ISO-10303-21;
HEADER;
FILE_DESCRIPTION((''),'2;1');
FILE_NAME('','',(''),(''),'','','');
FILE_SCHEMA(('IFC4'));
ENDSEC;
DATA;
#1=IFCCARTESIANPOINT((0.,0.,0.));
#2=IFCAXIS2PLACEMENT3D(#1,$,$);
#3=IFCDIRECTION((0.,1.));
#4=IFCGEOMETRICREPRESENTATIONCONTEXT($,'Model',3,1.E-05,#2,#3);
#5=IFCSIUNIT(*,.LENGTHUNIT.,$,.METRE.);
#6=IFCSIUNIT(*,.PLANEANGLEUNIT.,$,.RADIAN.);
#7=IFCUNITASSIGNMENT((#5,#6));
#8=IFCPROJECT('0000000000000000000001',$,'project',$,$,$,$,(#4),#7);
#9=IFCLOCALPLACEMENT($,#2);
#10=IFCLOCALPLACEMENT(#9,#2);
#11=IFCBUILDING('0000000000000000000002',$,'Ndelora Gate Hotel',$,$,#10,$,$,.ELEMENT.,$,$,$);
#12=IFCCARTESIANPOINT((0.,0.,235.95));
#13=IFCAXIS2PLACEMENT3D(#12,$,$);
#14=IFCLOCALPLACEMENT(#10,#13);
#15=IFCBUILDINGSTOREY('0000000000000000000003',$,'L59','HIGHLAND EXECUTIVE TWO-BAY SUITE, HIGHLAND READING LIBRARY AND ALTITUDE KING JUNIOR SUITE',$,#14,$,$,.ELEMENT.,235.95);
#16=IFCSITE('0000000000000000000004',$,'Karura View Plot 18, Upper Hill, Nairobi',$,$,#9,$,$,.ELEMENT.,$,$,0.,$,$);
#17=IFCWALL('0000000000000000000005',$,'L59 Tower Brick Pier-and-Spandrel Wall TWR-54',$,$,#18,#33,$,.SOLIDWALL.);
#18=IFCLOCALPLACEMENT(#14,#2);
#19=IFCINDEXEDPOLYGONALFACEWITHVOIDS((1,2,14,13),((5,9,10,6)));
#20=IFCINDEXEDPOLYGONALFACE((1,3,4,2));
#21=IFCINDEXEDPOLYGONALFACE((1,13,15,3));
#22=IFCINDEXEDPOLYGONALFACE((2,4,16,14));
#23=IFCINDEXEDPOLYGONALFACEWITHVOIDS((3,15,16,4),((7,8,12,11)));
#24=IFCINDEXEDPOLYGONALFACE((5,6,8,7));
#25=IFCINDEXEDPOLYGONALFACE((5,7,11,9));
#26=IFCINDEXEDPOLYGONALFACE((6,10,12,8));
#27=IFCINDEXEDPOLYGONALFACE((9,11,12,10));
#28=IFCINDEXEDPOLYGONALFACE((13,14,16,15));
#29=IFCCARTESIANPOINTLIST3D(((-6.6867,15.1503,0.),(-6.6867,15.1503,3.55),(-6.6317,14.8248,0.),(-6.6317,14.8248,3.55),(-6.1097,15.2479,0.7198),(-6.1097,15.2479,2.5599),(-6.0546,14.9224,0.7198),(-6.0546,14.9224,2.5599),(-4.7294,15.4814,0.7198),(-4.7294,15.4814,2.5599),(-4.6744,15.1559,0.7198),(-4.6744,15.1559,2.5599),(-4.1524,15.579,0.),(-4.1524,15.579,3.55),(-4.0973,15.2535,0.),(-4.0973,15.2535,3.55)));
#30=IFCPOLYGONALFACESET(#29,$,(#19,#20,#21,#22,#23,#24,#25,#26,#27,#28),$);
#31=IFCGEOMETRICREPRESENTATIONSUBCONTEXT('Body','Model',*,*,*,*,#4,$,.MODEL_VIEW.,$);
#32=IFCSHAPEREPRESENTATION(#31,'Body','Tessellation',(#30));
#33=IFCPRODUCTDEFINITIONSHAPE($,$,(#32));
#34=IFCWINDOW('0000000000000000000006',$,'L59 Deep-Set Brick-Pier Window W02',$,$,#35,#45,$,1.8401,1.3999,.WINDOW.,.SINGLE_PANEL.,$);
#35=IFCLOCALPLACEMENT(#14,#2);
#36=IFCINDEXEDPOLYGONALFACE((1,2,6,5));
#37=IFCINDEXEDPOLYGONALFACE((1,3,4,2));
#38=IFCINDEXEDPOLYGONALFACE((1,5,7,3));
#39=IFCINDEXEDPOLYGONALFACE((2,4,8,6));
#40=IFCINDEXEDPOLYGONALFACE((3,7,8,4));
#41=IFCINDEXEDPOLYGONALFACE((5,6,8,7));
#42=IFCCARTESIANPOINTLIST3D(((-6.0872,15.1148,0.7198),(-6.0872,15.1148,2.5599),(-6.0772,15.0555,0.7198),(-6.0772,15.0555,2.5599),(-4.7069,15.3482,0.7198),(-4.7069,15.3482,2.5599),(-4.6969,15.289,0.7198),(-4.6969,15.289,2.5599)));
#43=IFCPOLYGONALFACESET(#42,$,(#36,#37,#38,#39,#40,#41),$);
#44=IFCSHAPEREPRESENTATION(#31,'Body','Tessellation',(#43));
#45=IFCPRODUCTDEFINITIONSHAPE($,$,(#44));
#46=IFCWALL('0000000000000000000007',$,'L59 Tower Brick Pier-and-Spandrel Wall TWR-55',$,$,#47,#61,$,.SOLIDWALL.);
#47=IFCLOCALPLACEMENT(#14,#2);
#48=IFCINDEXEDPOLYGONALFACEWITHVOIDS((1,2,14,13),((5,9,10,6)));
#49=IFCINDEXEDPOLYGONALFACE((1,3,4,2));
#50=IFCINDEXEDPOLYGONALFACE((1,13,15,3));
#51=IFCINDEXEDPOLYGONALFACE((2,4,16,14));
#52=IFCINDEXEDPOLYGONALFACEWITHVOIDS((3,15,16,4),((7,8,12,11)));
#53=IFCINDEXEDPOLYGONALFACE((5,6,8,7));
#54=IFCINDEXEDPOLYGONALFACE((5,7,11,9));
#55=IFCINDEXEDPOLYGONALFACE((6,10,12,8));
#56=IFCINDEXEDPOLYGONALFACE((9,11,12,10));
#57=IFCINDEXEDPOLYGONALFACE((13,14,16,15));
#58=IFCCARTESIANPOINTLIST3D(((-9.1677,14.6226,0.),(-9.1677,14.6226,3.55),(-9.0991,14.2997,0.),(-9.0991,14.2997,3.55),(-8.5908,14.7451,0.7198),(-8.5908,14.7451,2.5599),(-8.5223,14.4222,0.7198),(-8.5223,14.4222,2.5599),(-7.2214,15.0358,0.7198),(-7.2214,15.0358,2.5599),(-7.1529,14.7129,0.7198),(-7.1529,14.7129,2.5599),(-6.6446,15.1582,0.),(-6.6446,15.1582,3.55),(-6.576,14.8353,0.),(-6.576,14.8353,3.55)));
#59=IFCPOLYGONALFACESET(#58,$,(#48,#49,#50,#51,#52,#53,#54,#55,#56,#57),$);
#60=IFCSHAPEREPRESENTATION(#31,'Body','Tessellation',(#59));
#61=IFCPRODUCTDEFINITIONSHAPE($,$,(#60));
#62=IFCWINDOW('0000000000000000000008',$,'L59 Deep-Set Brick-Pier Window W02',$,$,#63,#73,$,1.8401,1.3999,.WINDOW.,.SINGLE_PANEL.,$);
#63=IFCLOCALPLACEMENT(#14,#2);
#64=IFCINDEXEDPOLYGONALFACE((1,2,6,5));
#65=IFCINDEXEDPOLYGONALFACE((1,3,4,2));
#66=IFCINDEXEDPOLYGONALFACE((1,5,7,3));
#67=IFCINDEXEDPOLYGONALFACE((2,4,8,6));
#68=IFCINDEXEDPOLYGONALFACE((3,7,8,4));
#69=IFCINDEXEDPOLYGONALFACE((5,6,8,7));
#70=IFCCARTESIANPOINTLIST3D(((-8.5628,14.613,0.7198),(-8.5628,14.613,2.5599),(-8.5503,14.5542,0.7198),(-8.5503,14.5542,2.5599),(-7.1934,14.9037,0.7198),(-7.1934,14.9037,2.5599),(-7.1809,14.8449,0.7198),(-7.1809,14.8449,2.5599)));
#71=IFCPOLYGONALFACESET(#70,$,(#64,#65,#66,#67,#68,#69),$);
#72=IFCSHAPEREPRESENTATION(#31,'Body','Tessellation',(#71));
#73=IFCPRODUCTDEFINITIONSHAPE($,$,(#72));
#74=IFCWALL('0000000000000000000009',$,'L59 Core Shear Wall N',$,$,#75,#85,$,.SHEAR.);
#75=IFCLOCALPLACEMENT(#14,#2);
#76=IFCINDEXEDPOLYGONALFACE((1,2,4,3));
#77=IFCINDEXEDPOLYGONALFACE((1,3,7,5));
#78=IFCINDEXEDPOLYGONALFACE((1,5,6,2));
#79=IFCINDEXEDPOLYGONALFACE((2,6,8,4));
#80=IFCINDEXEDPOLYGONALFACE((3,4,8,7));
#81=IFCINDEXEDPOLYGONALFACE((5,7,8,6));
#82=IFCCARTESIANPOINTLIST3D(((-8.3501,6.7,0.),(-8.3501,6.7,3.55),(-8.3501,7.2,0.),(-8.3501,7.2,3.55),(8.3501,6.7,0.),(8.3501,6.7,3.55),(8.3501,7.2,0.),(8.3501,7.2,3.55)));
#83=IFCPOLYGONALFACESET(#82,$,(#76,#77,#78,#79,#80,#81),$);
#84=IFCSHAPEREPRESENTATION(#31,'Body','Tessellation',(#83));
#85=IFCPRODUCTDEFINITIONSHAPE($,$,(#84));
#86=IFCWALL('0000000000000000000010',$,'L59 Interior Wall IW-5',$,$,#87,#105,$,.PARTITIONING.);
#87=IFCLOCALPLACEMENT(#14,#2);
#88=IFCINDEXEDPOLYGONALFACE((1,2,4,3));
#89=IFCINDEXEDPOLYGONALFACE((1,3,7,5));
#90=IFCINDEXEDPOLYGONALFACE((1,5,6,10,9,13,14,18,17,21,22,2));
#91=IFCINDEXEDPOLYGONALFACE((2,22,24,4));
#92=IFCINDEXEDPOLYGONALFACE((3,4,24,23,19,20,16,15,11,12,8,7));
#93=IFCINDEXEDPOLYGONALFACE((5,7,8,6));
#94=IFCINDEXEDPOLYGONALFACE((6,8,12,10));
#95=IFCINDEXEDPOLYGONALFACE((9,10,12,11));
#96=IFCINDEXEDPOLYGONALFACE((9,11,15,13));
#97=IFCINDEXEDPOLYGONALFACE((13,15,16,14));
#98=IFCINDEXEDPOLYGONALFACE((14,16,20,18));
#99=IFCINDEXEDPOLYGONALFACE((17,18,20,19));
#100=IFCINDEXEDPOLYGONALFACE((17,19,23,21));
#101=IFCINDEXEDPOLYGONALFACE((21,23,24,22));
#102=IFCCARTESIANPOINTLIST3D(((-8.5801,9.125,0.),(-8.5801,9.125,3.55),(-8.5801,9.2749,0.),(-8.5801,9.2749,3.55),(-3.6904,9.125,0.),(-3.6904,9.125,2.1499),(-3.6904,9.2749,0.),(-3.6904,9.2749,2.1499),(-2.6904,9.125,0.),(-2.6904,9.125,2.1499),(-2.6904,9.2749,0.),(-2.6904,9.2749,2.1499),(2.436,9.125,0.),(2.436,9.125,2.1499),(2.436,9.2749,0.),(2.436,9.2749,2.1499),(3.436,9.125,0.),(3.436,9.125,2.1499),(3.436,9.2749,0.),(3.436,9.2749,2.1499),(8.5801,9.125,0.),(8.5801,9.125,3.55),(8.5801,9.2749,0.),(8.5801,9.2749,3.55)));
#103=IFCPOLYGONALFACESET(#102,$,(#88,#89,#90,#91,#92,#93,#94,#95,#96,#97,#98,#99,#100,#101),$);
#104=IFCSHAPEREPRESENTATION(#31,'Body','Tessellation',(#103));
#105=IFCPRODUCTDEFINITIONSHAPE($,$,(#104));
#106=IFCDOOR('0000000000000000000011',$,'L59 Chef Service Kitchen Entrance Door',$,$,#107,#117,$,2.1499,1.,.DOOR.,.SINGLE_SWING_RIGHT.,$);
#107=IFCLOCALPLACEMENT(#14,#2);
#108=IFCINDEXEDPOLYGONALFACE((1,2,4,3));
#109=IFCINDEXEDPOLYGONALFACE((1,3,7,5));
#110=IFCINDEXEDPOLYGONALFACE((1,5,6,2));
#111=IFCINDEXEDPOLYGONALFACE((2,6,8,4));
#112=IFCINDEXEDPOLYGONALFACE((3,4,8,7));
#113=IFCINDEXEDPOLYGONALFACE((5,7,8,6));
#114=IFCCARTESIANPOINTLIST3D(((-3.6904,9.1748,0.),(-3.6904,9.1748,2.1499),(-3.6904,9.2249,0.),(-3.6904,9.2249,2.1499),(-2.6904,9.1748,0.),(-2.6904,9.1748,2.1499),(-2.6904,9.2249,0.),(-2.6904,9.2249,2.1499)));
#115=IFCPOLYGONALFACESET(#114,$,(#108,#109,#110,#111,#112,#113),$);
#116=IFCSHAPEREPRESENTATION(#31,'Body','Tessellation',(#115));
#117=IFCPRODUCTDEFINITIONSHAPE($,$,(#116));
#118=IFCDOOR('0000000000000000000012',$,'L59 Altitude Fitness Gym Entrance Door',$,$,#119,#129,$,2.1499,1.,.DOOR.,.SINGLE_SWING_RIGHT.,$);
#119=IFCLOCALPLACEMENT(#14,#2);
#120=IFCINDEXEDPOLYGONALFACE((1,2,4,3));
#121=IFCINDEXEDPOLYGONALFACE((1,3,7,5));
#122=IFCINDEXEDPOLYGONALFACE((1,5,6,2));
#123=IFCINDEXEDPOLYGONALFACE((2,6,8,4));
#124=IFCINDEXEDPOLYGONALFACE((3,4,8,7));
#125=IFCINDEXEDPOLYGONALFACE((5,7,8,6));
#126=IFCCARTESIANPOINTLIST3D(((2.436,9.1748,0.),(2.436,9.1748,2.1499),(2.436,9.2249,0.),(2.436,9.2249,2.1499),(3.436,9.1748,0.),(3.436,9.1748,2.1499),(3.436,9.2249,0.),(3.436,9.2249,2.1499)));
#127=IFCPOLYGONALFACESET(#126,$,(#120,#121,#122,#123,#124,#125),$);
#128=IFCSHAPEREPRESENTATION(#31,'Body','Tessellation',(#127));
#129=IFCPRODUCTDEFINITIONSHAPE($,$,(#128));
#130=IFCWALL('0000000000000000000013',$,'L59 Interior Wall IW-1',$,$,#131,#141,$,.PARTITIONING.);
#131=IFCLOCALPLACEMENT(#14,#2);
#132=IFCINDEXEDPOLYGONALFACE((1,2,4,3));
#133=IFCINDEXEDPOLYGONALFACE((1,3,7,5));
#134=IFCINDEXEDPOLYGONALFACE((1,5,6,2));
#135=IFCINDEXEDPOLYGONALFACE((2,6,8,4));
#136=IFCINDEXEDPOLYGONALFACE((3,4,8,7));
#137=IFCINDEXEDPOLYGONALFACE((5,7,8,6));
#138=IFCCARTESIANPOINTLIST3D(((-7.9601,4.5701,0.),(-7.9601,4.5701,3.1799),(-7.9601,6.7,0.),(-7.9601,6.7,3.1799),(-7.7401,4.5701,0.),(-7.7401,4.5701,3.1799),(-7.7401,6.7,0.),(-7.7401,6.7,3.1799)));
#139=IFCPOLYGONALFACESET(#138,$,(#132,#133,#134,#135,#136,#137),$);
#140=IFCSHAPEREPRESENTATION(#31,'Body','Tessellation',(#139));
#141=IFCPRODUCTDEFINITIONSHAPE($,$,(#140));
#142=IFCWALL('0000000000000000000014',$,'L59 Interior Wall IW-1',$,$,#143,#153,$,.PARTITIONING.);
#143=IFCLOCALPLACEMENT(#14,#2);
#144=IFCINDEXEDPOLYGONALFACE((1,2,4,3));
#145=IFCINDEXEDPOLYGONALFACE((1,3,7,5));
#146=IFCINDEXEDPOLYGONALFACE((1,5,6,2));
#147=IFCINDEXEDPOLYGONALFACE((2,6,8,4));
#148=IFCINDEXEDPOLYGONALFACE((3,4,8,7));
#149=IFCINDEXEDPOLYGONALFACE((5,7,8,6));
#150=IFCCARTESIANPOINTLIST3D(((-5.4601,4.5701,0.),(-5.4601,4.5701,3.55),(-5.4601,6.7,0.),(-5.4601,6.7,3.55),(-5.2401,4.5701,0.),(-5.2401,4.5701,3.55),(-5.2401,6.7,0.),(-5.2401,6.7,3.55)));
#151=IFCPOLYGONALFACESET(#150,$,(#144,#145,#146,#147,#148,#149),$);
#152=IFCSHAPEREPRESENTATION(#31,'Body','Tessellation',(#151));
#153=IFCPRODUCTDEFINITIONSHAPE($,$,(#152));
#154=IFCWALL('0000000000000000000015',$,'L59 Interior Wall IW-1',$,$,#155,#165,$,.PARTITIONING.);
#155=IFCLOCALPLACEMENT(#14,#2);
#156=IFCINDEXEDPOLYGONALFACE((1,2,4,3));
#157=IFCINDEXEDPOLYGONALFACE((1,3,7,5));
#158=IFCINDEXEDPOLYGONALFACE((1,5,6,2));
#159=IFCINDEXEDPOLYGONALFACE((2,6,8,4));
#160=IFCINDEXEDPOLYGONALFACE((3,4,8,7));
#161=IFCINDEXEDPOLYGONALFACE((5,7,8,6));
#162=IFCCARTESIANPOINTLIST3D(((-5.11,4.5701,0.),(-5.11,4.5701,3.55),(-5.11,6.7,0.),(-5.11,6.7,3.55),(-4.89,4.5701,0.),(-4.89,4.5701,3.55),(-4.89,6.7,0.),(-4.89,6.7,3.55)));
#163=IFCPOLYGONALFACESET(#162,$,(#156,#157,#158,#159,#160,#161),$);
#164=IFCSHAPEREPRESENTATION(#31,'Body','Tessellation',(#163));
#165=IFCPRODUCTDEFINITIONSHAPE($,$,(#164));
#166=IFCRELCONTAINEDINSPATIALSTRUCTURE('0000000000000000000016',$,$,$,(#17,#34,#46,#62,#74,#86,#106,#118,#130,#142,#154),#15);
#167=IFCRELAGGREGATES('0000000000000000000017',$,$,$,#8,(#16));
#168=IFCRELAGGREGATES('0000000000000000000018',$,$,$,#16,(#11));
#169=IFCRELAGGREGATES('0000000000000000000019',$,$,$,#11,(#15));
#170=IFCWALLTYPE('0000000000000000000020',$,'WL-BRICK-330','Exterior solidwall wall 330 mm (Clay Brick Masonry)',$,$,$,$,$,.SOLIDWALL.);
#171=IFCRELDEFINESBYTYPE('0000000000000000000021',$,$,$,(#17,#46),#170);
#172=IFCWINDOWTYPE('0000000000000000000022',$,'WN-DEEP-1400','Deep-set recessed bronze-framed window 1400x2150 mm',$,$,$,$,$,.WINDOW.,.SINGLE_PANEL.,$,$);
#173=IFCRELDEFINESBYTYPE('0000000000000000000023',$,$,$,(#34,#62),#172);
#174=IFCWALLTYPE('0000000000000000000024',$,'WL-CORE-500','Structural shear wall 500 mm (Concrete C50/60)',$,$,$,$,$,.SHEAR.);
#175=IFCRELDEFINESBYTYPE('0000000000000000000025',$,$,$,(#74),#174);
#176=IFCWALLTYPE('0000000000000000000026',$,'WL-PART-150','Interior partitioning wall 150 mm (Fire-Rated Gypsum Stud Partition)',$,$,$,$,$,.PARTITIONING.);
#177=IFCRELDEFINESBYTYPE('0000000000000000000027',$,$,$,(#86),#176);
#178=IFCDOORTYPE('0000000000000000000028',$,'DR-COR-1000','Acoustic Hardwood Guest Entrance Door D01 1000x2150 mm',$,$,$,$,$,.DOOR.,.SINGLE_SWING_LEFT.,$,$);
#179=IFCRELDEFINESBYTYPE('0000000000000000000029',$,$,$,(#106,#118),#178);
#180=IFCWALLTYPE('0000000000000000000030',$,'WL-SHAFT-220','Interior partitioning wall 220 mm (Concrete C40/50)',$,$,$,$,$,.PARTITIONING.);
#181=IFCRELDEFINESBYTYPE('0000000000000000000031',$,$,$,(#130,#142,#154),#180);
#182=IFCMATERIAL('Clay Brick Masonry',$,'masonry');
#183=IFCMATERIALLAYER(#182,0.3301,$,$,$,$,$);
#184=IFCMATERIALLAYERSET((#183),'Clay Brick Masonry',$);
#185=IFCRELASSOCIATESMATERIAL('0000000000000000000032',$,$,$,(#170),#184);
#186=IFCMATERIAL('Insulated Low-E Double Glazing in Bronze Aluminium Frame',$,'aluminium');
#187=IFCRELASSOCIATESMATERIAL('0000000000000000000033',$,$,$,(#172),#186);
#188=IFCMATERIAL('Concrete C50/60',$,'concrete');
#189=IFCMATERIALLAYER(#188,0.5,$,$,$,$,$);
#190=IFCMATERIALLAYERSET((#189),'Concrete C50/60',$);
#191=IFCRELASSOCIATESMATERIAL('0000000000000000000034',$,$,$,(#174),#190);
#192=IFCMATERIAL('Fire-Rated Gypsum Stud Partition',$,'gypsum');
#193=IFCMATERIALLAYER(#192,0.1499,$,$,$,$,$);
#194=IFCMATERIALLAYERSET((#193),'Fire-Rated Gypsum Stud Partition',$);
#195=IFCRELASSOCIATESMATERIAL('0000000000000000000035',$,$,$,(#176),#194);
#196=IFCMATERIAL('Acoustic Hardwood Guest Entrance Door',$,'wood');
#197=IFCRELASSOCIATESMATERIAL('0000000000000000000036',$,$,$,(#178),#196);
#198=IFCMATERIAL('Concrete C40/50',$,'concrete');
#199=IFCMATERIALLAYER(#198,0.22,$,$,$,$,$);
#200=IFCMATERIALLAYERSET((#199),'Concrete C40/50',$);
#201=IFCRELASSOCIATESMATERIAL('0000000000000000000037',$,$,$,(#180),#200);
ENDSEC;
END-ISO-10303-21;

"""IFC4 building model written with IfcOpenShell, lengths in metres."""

from ifc_helpers import new_model, si_unit, direction, frame, frame_2d, origin, place, context, subcontext, project, spatial, rectangle, extrude, material, layer, layer_set, type_object, element, fill, save


model = new_model("IFC4")

# Units and contexts
model_context = context("Model", 3, precision=1e-05, world=origin(), true_north=direction((0.0, 1.0)))
body_context = subcontext(model_context, "Body", "Model", "MODEL_VIEW")
ifc_project = project(units=[si_unit("LENGTHUNIT", "METRE"), si_unit("PLANEANGLEUNIT", "RADIAN")], contexts=[model_context])

# Site, building, storey
site_placement = place(None, origin())
site = spatial("IfcSite", under=ifc_project, at=site_placement, Name="Karura View Plot 18, Upper Hill, Nairobi", CompositionType="ELEMENT", RefElevation=0.0)
building_placement = place(site_placement, origin())
building = spatial("IfcBuilding", under=site, at=building_placement, Name="Ndelora Gate Hotel", CompositionType="ELEMENT")
storey_placement = place(building_placement, frame((0.0, 0.0, 235.95)))
storey = spatial("IfcBuildingStorey", under=building, at=storey_placement, Name="L59", Description="HIGHLAND EXECUTIVE TWO-BAY SUITE, HIGHLAND READING LIBRARY AND ALTITUDE KING JUNIOR SUITE", CompositionType="ELEMENT", Elevation=235.95)

# Shared definitions
ifc_material_1 = material(Name="Concrete C50/60", Category="concrete")

# Walls, openings, windows
ifc_material_2 = material(Name="Clay Brick Masonry", Category="masonry")
ifc_layer_1 = layer(ifc_material_2, 0.3301)
ifc_layer_set_1 = layer_set([ifc_layer_1], Name="Clay Brick Masonry")
wall_type_1 = type_object("IfcWallType", Name="WL-BRICK-330", Description="Exterior solidwall wall 330 mm (Clay Brick Masonry)", PredefinedType="SOLIDWALL", material=ifc_layer_set_1)
ifc_material_3 = material(Name="Insulated Low-E Double Glazing in Bronze Aluminium Frame", Category="aluminium")
window_type = type_object("IfcWindowType", Name="WN-DEEP-1400", Description="Deep-set recessed bronze-framed window 1400x2150 mm", PartitioningType="SINGLE_PANEL", PredefinedType="WINDOW", material=ifc_material_3)
wall_1_placement = place(storey_placement, frame((-6.6592, 14.9875, 0.0), z_axis=(0.0, 0.0, 1.0), x_axis=(0.985993, 0.166786, 0.0)))
wall_1 = element("IfcWall", 1, at=wall_1_placement, inside=storey, type_object=wall_type_1, Name="L59 Tower Brick Pier-and-Spandrel Wall TWR-54", PredefinedType="SOLIDWALL", context=body_context, shape_type="SweptSolid", body=[
    extrude(rectangle(XDim=2.5703, YDim=0.3301, at=frame_2d((1.2852, 0.0))), origin(), (0.0, 0.0, 1.0), 3.55),
])
opening_1_placement = place(wall_1_placement, frame((0.5852, 0.0, 0.72)))
opening_1 = element("IfcOpeningElement", 2, at=opening_1_placement, cuts=wall_1, PredefinedType="OPENING", context=body_context, shape_type="SweptSolid", body=[
    extrude(rectangle(XDim=1.3999, YDim=1.8401, at=frame_2d((0.7, 0.9199))), frame((0.0, 0.175, 0.0), z_axis=(0.0, -1.0, 0.0), x_axis=(1.0, 0.0, 0.0)), (0.0, 0.0, 1.0), 0.3501),
])
window_1_placement = place(opening_1_placement, origin())
window_1 = element("IfcWindow", 3, at=window_1_placement, inside=storey, type_object=window_type, Name="L59 Deep-Set Brick-Pier Window W02", OverallHeight=1.8401, OverallWidth=1.3999, PartitioningType="SINGLE_PANEL", PredefinedType="WINDOW", context=body_context, shape_type="SweptSolid", body=[
    extrude(rectangle(XDim=1.3999, YDim=1.8401, at=frame_2d((0.7, 0.9199))), frame((0.0, 0.03, 0.0), z_axis=(0.0, -1.0, 0.0), x_axis=(1.0, 0.0, 0.0)), (0.0, 0.0, 1.0), 0.0601),
])
fill(opening_1, window_1)
wall_2_placement = place(storey_placement, frame((-9.1333, 14.4612, 0.0), z_axis=(0.0, 0.0, 1.0), x_axis=(0.978201, 0.207661, 0.0)))
wall_2 = element("IfcWall", 4, at=wall_2_placement, inside=storey, type_object=wall_type_1, Name="L59 Tower Brick Pier-and-Spandrel Wall TWR-55", PredefinedType="SOLIDWALL", context=body_context, shape_type="SweptSolid", body=[
    extrude(rectangle(XDim=2.5793, YDim=0.3301, at=frame_2d((1.2896, 0.0))), origin(), (0.0, 0.0, 1.0), 3.55),
])
opening_2_placement = place(wall_2_placement, frame((0.5896, 0.0, 0.72)))
opening_2 = element("IfcOpeningElement", 5, at=opening_2_placement, cuts=wall_2, PredefinedType="OPENING", context=body_context, shape_type="SweptSolid", body=[
    extrude(rectangle(XDim=1.3999, YDim=1.8401, at=frame_2d((0.7, 0.9199))), frame((0.0, 0.175, 0.0), z_axis=(0.0, -1.0, 0.0), x_axis=(1.0, 0.0, 0.0)), (0.0, 0.0, 1.0), 0.3501),
])
window_2_placement = place(opening_2_placement, origin())
window_2 = element("IfcWindow", 6, at=window_2_placement, inside=storey, type_object=window_type, Name="L59 Deep-Set Brick-Pier Window W02", OverallHeight=1.8401, OverallWidth=1.3999, PartitioningType="SINGLE_PANEL", PredefinedType="WINDOW", context=body_context, shape_type="SweptSolid", body=[
    extrude(rectangle(XDim=1.3999, YDim=1.8401, at=frame_2d((0.7, 0.9199))), frame((0.0, 0.03, 0.0), z_axis=(0.0, -1.0, 0.0), x_axis=(1.0, 0.0, 0.0)), (0.0, 0.0, 1.0), 0.0601),
])
fill(opening_2, window_2)

# Wall
ifc_layer_2 = layer(ifc_material_1, 0.5)
ifc_layer_set_2 = layer_set([ifc_layer_2], Name="Concrete C50/60")
wall_type_2 = type_object("IfcWallType", Name="WL-CORE-500", Description="Structural shear wall 500 mm (Concrete C50/60)", PredefinedType="SHEAR", material=ifc_layer_set_2)
wall_3_placement = place(storey_placement, frame((-8.3501, 6.95, 0.0), z_axis=(0.0, 0.0, 1.0), x_axis=(1.0, 0.0, 0.0)))
element("IfcWall", 7, at=wall_3_placement, inside=storey, type_object=wall_type_2, Name="L59 Core Shear Wall N", PredefinedType="SHEAR", context=body_context, shape_type="SweptSolid", body=[
    extrude(rectangle(XDim=16.7002, YDim=0.5, at=frame_2d((8.3501, 0.0))), origin(), (0.0, 0.0, 1.0), 3.55),
])

# Wall, openings, doors
ifc_material_4 = material(Name="Fire-Rated Gypsum Stud Partition", Category="gypsum")
ifc_layer_3 = layer(ifc_material_4, 0.1499)
ifc_layer_set_3 = layer_set([ifc_layer_3], Name="Fire-Rated Gypsum Stud Partition")
wall_type_3 = type_object("IfcWallType", Name="WL-PART-150", Description="Interior partitioning wall 150 mm (Fire-Rated Gypsum Stud Partition)", PredefinedType="PARTITIONING", material=ifc_layer_set_3)
wall_4_placement = place(storey_placement, frame((-8.5801, 9.2, 0.0), z_axis=(0.0, 0.0, 1.0), x_axis=(1.0, 0.0, 0.0)))
wall_4 = element("IfcWall", 8, at=wall_4_placement, inside=storey, type_object=wall_type_3, Name="L59 Interior Wall IW-5", PredefinedType="PARTITIONING", context=body_context, shape_type="SweptSolid", body=[
    extrude(rectangle(XDim=17.1602, YDim=0.1499, at=frame_2d((8.5801, 0.0))), origin(), (0.0, 0.0, 1.0), 3.55),
])
opening_3_placement = place(wall_4_placement, frame((4.8896, 0.0, 0.0)))
opening_3 = element("IfcOpeningElement", 9, at=opening_3_placement, cuts=wall_4, PredefinedType="OPENING", context=body_context, shape_type="SweptSolid", body=[
    extrude(rectangle(XDim=1.0, YDim=2.1499, at=frame_2d((0.5, 1.075))), frame((0.0, 0.085, 0.0), z_axis=(0.0, -1.0, 0.0), x_axis=(1.0, 0.0, 0.0)), (0.0, 0.0, 1.0), 0.1699),
])
opening_4_placement = place(wall_4_placement, frame((11.0161, 0.0, 0.0)))
opening_4 = element("IfcOpeningElement", 10, at=opening_4_placement, cuts=wall_4, PredefinedType="OPENING", context=body_context, shape_type="SweptSolid", body=[
    extrude(rectangle(XDim=1.0, YDim=2.1499, at=frame_2d((0.5, 1.075))), frame((0.0, 0.085, 0.0), z_axis=(0.0, -1.0, 0.0), x_axis=(1.0, 0.0, 0.0)), (0.0, 0.0, 1.0), 0.1699),
])
ifc_material_5 = material(Name="Acoustic Hardwood Guest Entrance Door", Category="wood")
door_type_1 = type_object("IfcDoorType", Name="DR-COR-1000", Description="Acoustic Hardwood Guest Entrance Door D01 1000x2150 mm", OperationType="SINGLE_SWING_LEFT", PredefinedType="DOOR", material=ifc_material_5)
door_1_placement = place(opening_3_placement, origin())
door_1 = element("IfcDoor", 11, at=door_1_placement, inside=storey, type_object=door_type_1, Name="L59 Chef Service Kitchen Entrance Door", OperationType="SINGLE_SWING_RIGHT", OverallHeight=2.1499, OverallWidth=1.0, PredefinedType="DOOR", context=body_context, shape_type="SweptSolid", body=[
    extrude(rectangle(XDim=1.0, YDim=2.1499, at=frame_2d((0.5, 1.075))), frame((0.0, 0.0249, 0.0), z_axis=(0.0, -1.0, 0.0), x_axis=(1.0, 0.0, 0.0)), (0.0, 0.0, 1.0), 0.05),
])
fill(opening_3, door_1)
door_2_placement = place(opening_4_placement, origin())
door_2 = element("IfcDoor", 12, at=door_2_placement, inside=storey, type_object=door_type_1, Name="L59 Altitude Fitness Gym Entrance Door", OperationType="SINGLE_SWING_RIGHT", OverallHeight=2.1499, OverallWidth=1.0, PredefinedType="DOOR", context=body_context, shape_type="SweptSolid", body=[
    extrude(rectangle(XDim=1.0, YDim=2.1499, at=frame_2d((0.5, 1.075))), frame((0.0, 0.0249, 0.0), z_axis=(0.0, -1.0, 0.0), x_axis=(1.0, 0.0, 0.0)), (0.0, 0.0, 1.0), 0.05),
])
fill(opening_4, door_2)

# Walls
ifc_material_6 = material(Name="Concrete C40/50", Category="concrete")
ifc_layer_4 = layer(ifc_material_6, 0.22)
ifc_layer_set_4 = layer_set([ifc_layer_4], Name="Concrete C40/50")
wall_type_4 = type_object("IfcWallType", Name="WL-SHAFT-220", Description="Interior partitioning wall 220 mm (Concrete C40/50)", PredefinedType="PARTITIONING", material=ifc_layer_set_4)
wall_5_placement = place(storey_placement, frame((-7.8501, 4.5701, 0.0), z_axis=(0.0, 0.0, 1.0), x_axis=(0.0, 1.0, 0.0)))
element("IfcWall", 13, at=wall_5_placement, inside=storey, type_object=wall_type_4, Name="L59 Interior Wall IW-1", PredefinedType="PARTITIONING", context=body_context, shape_type="SweptSolid", body=[
    extrude(rectangle(XDim=2.1299, YDim=0.22, at=frame_2d((1.0649, 0.0))), origin(), (0.0, 0.0, 1.0), 3.1799),
])
wall_6_placement = place(storey_placement, frame((-5.3501, 4.5701, 0.0), z_axis=(0.0, 0.0, 1.0), x_axis=(0.0, 1.0, 0.0)))
element("IfcWall", 14, at=wall_6_placement, inside=storey, type_object=wall_type_4, Name="L59 Interior Wall IW-1", PredefinedType="PARTITIONING", context=body_context, shape_type="SweptSolid", body=[
    extrude(rectangle(XDim=2.1299, YDim=0.22, at=frame_2d((1.0649, 0.0))), origin(), (0.0, 0.0, 1.0), 3.55),
])

# Wall
for number, where, z_axis, x_axis, name in (
    (15, (-5.0, 4.5701, 0.0), (0.0, 0.0, 1.0), (0.0, 1.0, 0.0), "L59 Interior Wall IW-1"),
):
    element("IfcWall", number, at=place(storey_placement, frame(where, z_axis=z_axis, x_axis=x_axis)), inside=storey, type_object=wall_type_4, Name=name, PredefinedType="PARTITIONING", context=body_context, shape_type="SweptSolid", body=[
        extrude(rectangle(XDim=2.1299, YDim=0.22, at=frame_2d((1.0649, 0.0))), origin(), (0.0, 0.0, 1.0), 3.55),
    ])

save(model, "model.ifc")
